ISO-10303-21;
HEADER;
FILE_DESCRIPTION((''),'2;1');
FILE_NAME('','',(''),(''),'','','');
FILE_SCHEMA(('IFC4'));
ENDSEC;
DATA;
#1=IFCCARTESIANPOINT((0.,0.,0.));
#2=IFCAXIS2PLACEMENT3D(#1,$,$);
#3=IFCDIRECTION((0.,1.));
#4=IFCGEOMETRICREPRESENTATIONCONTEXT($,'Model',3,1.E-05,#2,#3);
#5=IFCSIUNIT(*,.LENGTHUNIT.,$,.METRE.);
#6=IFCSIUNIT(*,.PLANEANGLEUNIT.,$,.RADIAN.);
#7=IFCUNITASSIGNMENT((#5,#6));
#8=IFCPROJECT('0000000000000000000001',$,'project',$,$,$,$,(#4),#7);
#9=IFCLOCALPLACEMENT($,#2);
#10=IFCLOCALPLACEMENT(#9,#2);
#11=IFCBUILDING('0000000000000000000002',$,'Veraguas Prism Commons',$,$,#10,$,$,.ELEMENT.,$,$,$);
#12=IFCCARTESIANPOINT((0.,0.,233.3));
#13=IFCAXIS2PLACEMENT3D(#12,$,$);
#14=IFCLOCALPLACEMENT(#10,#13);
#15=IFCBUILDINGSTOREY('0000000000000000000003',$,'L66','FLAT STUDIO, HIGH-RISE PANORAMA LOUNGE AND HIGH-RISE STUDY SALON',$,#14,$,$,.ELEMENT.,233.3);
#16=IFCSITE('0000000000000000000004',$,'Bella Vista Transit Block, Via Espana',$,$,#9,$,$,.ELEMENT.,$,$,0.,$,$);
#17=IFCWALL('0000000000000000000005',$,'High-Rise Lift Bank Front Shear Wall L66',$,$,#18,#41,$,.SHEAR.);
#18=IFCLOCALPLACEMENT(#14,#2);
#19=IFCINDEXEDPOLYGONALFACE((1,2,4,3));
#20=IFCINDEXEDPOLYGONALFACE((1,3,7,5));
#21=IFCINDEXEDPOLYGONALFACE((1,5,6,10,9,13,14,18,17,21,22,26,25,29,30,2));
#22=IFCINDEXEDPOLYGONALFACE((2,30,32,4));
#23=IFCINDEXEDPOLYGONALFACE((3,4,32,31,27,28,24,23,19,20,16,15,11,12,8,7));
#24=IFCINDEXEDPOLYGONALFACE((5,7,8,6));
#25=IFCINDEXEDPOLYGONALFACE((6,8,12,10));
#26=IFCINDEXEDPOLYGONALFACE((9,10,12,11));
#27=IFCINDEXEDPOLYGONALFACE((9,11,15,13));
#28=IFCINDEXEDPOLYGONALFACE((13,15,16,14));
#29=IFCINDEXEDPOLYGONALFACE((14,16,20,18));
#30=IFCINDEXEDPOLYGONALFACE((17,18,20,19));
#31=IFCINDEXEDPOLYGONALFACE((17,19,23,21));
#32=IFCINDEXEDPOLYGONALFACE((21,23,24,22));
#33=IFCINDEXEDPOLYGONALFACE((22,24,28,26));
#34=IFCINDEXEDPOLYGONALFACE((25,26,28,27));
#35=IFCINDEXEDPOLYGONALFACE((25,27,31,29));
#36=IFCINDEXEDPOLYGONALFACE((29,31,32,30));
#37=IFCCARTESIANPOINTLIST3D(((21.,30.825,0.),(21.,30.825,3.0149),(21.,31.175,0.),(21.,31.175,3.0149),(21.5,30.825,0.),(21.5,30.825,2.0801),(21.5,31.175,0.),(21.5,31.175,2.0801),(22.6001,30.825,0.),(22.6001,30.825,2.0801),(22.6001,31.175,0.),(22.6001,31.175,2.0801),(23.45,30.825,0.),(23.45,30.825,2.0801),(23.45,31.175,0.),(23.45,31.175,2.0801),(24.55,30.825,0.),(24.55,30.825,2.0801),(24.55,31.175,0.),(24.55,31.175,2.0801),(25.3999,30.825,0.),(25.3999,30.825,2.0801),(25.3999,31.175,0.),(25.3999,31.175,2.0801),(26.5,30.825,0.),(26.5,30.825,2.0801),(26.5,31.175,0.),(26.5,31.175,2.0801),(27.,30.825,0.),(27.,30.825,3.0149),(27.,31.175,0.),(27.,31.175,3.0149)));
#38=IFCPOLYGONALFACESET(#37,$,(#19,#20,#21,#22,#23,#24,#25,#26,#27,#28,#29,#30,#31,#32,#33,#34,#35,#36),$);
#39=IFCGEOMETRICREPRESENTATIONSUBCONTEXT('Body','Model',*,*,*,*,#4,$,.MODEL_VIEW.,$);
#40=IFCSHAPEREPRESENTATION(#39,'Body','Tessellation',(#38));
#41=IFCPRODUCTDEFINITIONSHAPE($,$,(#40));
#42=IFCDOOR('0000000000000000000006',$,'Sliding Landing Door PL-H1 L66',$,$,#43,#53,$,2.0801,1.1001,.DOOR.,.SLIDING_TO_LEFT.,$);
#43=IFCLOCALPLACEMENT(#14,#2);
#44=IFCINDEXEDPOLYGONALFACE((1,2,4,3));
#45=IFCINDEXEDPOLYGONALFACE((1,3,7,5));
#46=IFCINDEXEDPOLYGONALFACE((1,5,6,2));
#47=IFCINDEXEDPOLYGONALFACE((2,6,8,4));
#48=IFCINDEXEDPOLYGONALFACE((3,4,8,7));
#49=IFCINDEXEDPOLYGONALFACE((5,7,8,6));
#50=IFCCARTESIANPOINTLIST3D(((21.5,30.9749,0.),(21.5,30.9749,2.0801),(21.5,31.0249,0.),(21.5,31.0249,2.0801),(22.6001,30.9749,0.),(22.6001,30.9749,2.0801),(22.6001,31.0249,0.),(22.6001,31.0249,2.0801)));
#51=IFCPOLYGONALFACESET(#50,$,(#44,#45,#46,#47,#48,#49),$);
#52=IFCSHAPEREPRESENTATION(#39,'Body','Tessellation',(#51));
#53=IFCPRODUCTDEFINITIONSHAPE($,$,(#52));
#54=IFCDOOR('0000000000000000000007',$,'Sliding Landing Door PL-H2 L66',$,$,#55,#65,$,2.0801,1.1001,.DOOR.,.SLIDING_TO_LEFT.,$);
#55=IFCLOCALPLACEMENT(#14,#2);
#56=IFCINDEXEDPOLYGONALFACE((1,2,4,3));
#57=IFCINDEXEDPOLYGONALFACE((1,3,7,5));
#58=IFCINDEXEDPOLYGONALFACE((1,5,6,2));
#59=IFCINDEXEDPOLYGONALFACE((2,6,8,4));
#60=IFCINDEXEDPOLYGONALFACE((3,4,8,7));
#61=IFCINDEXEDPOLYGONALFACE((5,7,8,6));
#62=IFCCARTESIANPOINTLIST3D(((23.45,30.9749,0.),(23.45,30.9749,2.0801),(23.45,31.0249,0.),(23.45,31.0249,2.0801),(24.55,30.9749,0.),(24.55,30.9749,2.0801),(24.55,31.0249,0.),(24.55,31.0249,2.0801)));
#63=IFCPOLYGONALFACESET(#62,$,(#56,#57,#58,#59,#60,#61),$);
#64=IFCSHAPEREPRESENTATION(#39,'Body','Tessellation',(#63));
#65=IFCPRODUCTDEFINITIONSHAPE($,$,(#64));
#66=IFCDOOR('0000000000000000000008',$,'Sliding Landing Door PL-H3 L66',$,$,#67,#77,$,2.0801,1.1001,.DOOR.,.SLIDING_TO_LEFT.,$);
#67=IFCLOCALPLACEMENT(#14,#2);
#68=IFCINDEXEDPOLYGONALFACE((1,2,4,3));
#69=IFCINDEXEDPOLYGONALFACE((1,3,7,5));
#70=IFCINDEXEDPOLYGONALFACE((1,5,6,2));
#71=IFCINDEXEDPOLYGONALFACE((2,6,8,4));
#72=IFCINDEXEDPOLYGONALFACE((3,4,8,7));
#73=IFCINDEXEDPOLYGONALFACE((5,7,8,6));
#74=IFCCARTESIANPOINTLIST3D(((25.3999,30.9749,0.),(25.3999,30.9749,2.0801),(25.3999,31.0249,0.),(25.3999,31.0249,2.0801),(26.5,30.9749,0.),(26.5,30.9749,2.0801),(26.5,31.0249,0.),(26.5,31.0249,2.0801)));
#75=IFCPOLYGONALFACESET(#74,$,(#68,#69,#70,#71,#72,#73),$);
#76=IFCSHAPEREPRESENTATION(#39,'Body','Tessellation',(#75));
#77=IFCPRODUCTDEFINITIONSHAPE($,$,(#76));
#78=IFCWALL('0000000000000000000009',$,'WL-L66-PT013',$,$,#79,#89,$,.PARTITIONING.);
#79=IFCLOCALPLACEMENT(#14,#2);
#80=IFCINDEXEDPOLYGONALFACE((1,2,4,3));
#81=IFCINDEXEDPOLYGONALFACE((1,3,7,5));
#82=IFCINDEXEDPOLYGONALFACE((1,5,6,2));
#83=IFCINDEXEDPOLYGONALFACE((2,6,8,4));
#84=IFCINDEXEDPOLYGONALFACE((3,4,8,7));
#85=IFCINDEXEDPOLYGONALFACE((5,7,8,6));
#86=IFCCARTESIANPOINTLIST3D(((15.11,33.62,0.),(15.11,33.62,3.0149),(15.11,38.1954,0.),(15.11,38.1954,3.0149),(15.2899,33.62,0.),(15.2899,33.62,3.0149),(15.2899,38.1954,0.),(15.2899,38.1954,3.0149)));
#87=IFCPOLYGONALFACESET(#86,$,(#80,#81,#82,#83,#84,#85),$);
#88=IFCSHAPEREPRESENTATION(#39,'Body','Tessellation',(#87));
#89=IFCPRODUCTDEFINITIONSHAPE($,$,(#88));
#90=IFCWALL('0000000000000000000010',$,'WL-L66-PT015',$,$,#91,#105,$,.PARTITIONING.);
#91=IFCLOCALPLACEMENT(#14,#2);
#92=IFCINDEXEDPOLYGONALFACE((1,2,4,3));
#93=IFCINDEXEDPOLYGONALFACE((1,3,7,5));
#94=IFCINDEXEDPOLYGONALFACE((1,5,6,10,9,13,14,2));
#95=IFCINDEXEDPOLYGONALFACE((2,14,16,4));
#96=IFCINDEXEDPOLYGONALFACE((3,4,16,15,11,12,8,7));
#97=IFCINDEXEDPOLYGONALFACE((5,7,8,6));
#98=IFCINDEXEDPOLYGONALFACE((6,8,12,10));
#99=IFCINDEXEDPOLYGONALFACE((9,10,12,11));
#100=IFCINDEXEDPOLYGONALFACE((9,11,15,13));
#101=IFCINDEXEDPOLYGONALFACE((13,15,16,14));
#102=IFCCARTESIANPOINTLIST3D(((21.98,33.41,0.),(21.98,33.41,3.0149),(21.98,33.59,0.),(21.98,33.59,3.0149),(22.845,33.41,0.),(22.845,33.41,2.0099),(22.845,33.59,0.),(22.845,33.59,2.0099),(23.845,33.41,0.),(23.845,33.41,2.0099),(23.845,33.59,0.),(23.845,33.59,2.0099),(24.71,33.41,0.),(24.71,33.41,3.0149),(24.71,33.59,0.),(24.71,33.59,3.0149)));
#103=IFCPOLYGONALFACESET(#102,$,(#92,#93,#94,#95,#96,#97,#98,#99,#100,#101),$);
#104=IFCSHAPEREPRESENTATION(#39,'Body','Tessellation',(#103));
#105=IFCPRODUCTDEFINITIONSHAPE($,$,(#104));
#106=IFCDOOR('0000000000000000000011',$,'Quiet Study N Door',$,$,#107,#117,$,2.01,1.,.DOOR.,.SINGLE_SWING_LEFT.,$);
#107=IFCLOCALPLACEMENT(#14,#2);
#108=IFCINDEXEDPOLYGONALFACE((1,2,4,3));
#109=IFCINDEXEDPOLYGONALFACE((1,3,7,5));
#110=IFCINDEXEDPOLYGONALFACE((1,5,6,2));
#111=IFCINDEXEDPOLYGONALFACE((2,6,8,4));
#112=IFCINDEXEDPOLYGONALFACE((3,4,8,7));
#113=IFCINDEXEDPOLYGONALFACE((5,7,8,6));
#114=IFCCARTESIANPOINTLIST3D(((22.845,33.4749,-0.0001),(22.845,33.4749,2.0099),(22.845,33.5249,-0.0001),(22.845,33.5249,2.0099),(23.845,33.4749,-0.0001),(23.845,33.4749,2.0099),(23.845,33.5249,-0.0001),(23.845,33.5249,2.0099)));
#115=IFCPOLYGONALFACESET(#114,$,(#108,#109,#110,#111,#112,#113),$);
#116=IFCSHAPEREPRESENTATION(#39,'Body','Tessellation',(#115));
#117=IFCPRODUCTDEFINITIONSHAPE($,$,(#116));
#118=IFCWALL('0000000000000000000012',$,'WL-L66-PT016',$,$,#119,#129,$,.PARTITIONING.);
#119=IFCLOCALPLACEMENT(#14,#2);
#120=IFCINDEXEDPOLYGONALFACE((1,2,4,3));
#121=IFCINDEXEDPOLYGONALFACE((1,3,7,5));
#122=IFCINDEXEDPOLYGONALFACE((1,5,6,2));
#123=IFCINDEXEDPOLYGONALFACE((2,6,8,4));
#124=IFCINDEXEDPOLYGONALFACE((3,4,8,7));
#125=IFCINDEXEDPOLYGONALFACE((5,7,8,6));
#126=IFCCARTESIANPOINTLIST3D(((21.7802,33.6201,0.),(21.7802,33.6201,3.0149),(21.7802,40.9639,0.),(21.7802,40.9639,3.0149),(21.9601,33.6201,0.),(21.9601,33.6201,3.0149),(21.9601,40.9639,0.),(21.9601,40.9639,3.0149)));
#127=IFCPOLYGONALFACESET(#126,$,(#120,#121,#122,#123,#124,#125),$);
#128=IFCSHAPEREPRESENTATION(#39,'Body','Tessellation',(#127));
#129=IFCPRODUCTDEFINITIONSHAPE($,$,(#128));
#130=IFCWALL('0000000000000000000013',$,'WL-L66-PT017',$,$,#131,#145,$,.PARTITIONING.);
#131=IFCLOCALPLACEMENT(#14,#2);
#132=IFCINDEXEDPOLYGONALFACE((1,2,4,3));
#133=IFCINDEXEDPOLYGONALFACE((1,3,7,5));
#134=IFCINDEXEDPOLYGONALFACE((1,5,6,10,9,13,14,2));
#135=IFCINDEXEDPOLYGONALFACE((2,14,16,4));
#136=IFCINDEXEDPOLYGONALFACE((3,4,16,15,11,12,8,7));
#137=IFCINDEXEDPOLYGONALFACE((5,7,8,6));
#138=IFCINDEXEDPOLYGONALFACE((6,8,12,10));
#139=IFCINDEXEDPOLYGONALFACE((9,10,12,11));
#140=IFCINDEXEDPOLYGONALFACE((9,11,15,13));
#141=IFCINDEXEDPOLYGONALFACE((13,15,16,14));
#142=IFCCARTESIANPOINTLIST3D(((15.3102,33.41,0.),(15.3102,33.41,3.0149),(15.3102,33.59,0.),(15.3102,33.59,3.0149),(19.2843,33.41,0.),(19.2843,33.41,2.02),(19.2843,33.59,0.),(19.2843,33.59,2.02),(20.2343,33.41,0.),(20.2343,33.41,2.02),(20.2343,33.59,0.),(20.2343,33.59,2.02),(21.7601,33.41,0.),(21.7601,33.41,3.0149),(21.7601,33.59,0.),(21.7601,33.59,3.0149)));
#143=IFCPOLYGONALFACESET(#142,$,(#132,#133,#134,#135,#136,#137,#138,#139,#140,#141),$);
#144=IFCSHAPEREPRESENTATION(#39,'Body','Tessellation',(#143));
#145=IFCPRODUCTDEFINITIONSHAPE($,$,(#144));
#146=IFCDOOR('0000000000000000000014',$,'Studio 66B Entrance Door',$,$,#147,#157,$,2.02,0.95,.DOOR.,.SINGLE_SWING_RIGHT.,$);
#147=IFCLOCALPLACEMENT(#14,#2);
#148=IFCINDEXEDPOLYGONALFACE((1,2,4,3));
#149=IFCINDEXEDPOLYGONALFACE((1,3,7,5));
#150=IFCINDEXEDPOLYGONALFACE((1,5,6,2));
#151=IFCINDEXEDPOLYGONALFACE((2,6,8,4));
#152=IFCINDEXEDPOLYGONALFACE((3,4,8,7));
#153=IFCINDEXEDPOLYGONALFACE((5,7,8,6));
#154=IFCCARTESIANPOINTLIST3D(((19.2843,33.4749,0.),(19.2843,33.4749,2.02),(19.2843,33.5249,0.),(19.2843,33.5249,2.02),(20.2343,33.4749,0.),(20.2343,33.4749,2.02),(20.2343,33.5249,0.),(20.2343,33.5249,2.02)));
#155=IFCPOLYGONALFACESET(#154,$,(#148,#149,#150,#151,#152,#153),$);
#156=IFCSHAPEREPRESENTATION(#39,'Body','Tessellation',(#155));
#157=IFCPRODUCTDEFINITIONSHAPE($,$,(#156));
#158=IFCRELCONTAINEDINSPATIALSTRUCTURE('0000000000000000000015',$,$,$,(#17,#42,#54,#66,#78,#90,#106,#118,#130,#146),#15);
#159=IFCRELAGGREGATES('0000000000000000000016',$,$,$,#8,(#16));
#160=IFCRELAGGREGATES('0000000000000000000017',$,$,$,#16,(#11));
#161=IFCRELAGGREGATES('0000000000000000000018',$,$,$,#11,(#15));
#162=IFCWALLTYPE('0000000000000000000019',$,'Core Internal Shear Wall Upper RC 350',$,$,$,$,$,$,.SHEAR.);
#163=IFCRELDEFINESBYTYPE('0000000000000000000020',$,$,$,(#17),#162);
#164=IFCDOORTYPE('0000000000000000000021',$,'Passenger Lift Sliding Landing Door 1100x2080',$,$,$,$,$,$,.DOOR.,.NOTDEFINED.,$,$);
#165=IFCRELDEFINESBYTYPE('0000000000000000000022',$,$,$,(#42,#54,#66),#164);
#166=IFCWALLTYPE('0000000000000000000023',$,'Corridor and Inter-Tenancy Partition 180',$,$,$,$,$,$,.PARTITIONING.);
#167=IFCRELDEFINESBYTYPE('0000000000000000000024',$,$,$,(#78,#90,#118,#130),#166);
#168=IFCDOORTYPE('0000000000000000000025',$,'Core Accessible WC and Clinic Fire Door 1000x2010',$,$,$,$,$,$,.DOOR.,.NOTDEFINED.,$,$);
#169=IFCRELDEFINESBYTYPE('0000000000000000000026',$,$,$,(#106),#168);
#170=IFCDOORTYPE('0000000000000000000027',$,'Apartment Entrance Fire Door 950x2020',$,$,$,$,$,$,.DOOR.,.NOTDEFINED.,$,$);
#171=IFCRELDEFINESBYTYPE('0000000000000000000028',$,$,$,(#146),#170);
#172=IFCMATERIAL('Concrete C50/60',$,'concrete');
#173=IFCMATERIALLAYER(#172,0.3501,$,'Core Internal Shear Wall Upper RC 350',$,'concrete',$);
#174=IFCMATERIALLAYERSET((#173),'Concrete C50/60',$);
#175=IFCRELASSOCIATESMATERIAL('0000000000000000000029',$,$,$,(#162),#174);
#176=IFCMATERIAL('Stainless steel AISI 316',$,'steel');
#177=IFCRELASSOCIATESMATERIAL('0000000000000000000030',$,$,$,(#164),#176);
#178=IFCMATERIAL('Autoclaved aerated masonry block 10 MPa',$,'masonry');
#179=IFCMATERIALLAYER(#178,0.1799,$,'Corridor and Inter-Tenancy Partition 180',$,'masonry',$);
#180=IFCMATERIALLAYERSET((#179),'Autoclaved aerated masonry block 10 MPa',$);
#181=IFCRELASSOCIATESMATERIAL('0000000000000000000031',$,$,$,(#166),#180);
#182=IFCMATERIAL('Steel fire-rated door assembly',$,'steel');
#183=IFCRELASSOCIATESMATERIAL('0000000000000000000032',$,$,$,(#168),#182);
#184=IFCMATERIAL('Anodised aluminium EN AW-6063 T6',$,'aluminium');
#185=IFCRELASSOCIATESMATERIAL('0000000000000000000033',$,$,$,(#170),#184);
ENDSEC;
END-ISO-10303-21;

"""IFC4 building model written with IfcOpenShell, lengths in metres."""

from ifc_helpers import new_model, si_unit, direction, frame, frame_2d, origin, place, context, subcontext, project, spatial, rectangle, extrude, source, transform, mapped, material, layer, layer_set, type_object, element, fill, save


model = new_model("IFC4")

# Units and contexts
model_context = context("Model", 3, precision=1e-05, world=origin(), true_north=direction((0.0, 1.0)))
body_context = subcontext(model_context, "Body", "Model", "MODEL_VIEW")
ifc_project = project(units=[si_unit("LENGTHUNIT", "METRE"), si_unit("PLANEANGLEUNIT", "RADIAN")], contexts=[model_context])

# Site, building, storey
site_placement = place(None, origin())
site = spatial("IfcSite", under=ifc_project, at=site_placement, Name="Bella Vista Transit Block, Via Espana", CompositionType="ELEMENT", RefElevation=0.0)
building_placement = place(site_placement, origin())
building = spatial("IfcBuilding", under=site, at=building_placement, Name="Veraguas Prism Commons", CompositionType="ELEMENT")
storey_placement = place(building_placement, frame((0.0, 0.0, 233.3)))
storey = spatial("IfcBuildingStorey", under=building, at=storey_placement, Name="L66", Description="FLAT STUDIO, HIGH-RISE PANORAMA LOUNGE AND HIGH-RISE STUDY SALON", CompositionType="ELEMENT", Elevation=233.3)

# Shared definitions
ifc_material_1 = material(Name="Concrete C50/60", Category="concrete")

# Shared definitions
ifc_material_2 = material(Name="Anodised aluminium EN AW-6063 T6", Category="aluminium")

# Wall, openings, doors
ifc_layer_1 = layer(ifc_material_1, 0.3501, Name="Core Internal Shear Wall Upper RC 350", Category="concrete")
ifc_layer_set_1 = layer_set([ifc_layer_1], Name="Concrete C50/60")
wall_type_1 = type_object("IfcWallType", Name="Core Internal Shear Wall Upper RC 350", PredefinedType="SHEAR", material=ifc_layer_set_1)
wall_1_placement = place(storey_placement, frame((21.0, 31.0, 0.0), z_axis=(0.0, 0.0, 1.0), x_axis=(1.0, 0.0, 0.0)))
wall_1 = element("IfcWall", 1, at=wall_1_placement, inside=storey, type_object=wall_type_1, Name="High-Rise Lift Bank Front Shear Wall L66", PredefinedType="SHEAR", context=body_context, shape_type="SweptSolid", body=[
    extrude(rectangle(XDim=6.0, YDim=0.3501, at=frame_2d((3.0, 0.0))), origin(), (0.0, 0.0, 1.0), 3.0149),
])
opening_1_placement = place(wall_1_placement, frame((0.5, 0.0, 0.0)))
opening_1 = element("IfcOpeningElement", 2, at=opening_1_placement, cuts=wall_1, PredefinedType="OPENING", context=body_context, shape_type="SweptSolid", body=[
    extrude(rectangle(XDim=1.1001, YDim=2.0801, at=frame_2d((0.55, 1.04))), frame((0.0, 0.1851, 0.0), z_axis=(0.0, -1.0, 0.0), x_axis=(1.0, 0.0, 0.0)), (0.0, 0.0, 1.0), 0.3701),
])
opening_2_placement = place(wall_1_placement, frame((2.45, 0.0, 0.0)))
opening_2 = element("IfcOpeningElement", 3, at=opening_2_placement, cuts=wall_1, PredefinedType="OPENING", context=body_context, shape_type="SweptSolid", body=[
    extrude(rectangle(XDim=1.1001, YDim=2.0801, at=frame_2d((0.55, 1.04))), frame((0.0, 0.1851, 0.0), z_axis=(0.0, -1.0, 0.0), x_axis=(1.0, 0.0, 0.0)), (0.0, 0.0, 1.0), 0.3701),
])
opening_3_placement = place(wall_1_placement, frame((4.3999, 0.0, 0.0)))
opening_3 = element("IfcOpeningElement", 4, at=opening_3_placement, cuts=wall_1, PredefinedType="OPENING", context=body_context, shape_type="SweptSolid", body=[
    extrude(rectangle(XDim=1.1001, YDim=2.0801, at=frame_2d((0.55, 1.04))), frame((0.0, 0.1851, 0.0), z_axis=(0.0, -1.0, 0.0), x_axis=(1.0, 0.0, 0.0)), (0.0, 0.0, 1.0), 0.3701),
])
ifc_material_3 = material(Name="Stainless steel AISI 316", Category="steel")
door_type_1 = type_object("IfcDoorType", Name="Passenger Lift Sliding Landing Door 1100x2080", OperationType="NOTDEFINED", PredefinedType="DOOR", material=ifc_material_3)
shared_shape_1 = source(origin(), body_context, "Body", "SweptSolid", [
    extrude(rectangle(XDim=1.1001, YDim=2.0801, at=frame_2d((0.55, 1.04))), frame((0.0, 0.0249, 0.0), z_axis=(0.0, -1.0, 0.0), x_axis=(1.0, 0.0, 0.0)), (0.0, 0.0, 1.0), 0.05),
])
door_1_placement = place(opening_1_placement, origin())
door_1 = element("IfcDoor", 5, at=door_1_placement, inside=storey, type_object=door_type_1, Name="Sliding Landing Door PL-H1 L66", OperationType="SLIDING_TO_LEFT", OverallHeight=2.0801, OverallWidth=1.1001, PredefinedType="DOOR", context=body_context, shape_type="MappedRepresentation", body=[
    mapped(shared_shape_1, transform((0.0, 0.0, 0.0), scale=1.0)),
])
fill(opening_1, door_1)
door_2_placement = place(opening_2_placement, origin())
door_2 = element("IfcDoor", 6, at=door_2_placement, inside=storey, type_object=door_type_1, Name="Sliding Landing Door PL-H2 L66", OperationType="SLIDING_TO_LEFT", OverallHeight=2.0801, OverallWidth=1.1001, PredefinedType="DOOR", context=body_context, shape_type="MappedRepresentation", body=[
    mapped(shared_shape_1, transform((0.0, 0.0, 0.0), scale=1.0)),
])
fill(opening_2, door_2)
door_3_placement = place(opening_3_placement, origin())
door_3 = element("IfcDoor", 7, at=door_3_placement, inside=storey, type_object=door_type_1, Name="Sliding Landing Door PL-H3 L66", OperationType="SLIDING_TO_LEFT", OverallHeight=2.0801, OverallWidth=1.1001, PredefinedType="DOOR", context=body_context, shape_type="MappedRepresentation", body=[
    mapped(shared_shape_1, transform((0.0, 0.0, 0.0), scale=1.0)),
])
fill(opening_3, door_3)

# Wall
ifc_material_4 = material(Name="Autoclaved aerated masonry block 10 MPa", Category="masonry")
ifc_layer_2 = layer(ifc_material_4, 0.1799, Name="Corridor and Inter-Tenancy Partition 180", Category="masonry")
ifc_layer_set_2 = layer_set([ifc_layer_2], Name="Autoclaved aerated masonry block 10 MPa")
wall_type_2 = type_object("IfcWallType", Name="Corridor and Inter-Tenancy Partition 180", PredefinedType="PARTITIONING", material=ifc_layer_set_2)
wall_2_placement = place(storey_placement, frame((15.2, 33.6201, 0.0), z_axis=(0.0, 0.0, 1.0), x_axis=(0.0, 1.0, 0.0)))
element("IfcWall", 8, at=wall_2_placement, inside=storey, type_object=wall_type_2, Name="WL-L66-PT013", PredefinedType="PARTITIONING", context=body_context, shape_type="SweptSolid", body=[
    extrude(rectangle(XDim=4.5754, YDim=0.1799, at=frame_2d((2.2876, 0.0))), origin(), (0.0, 0.0, 1.0), 3.0149),
])

# Wall, opening, door
wall_3_placement = place(storey_placement, frame((21.98, 33.5, 0.0), z_axis=(0.0, 0.0, 1.0), x_axis=(1.0, 0.0, 0.0)))
wall_3 = element("IfcWall", 9, at=wall_3_placement, inside=storey, type_object=wall_type_2, Name="WL-L66-PT015", PredefinedType="PARTITIONING", context=body_context, shape_type="SweptSolid", body=[
    extrude(rectangle(XDim=2.73, YDim=0.1799, at=frame_2d((1.365, 0.0))), origin(), (0.0, 0.0, 1.0), 3.0149),
])
opening_4_placement = place(wall_3_placement, frame((0.865, 0.0, 0.0)))
opening_4 = element("IfcOpeningElement", 10, at=opening_4_placement, cuts=wall_3, PredefinedType="OPENING", context=body_context, shape_type="SweptSolid", body=[
    extrude(rectangle(XDim=1.0, YDim=2.01, at=frame_2d((0.5, 1.0049))), frame((0.0, 0.0999, 0.0), z_axis=(0.0, -1.0, 0.0), x_axis=(1.0, 0.0, 0.0)), (0.0, 0.0, 1.0), 0.2),
])
ifc_material_5 = material(Name="Steel fire-rated door assembly", Category="steel")
door_type_2 = type_object("IfcDoorType", Name="Core Accessible WC and Clinic Fire Door 1000x2010", OperationType="NOTDEFINED", PredefinedType="DOOR", material=ifc_material_5)
shared_shape_2 = source(origin(), body_context, "Body", "SweptSolid", [
    extrude(rectangle(XDim=1.0, YDim=2.01, at=frame_2d((0.5, 1.0049))), frame((0.0, 0.0249, 0.0), z_axis=(0.0, -1.0, 0.0), x_axis=(1.0, 0.0, 0.0)), (0.0, 0.0, 1.0), 0.05),
])
door_4_placement = place(opening_4_placement, origin())
door_4 = element("IfcDoor", 11, at=door_4_placement, inside=storey, type_object=door_type_2, Name="Quiet Study N Door", OperationType="SINGLE_SWING_LEFT", OverallHeight=2.01, OverallWidth=1.0, PredefinedType="DOOR", context=body_context, shape_type="MappedRepresentation", body=[
    mapped(shared_shape_2, transform((0.0, 0.0, 0.0), scale=1.0)),
])
fill(opening_4, door_4)

# Wall
wall_4_placement = place(storey_placement, frame((21.8701, 33.6201, 0.0), z_axis=(0.0, 0.0, 1.0), x_axis=(0.0, 1.0, 0.0)))
element("IfcWall", 12, at=wall_4_placement, inside=storey, type_object=wall_type_2, Name="WL-L66-PT016", PredefinedType="PARTITIONING", context=body_context, shape_type="SweptSolid", body=[
    extrude(rectangle(XDim=7.3438, YDim=0.1799, at=frame_2d((3.6719, 0.0))), origin(), (0.0, 0.0, 1.0), 3.0149),
])

# Wall, opening, door
wall_5_placement = place(storey_placement, frame((15.3101, 33.5, 0.0), z_axis=(0.0, 0.0, 1.0), x_axis=(1.0, 0.0, 0.0)))
wall_5 = element("IfcWall", 13, at=wall_5_placement, inside=storey, type_object=wall_type_2, Name="WL-L66-PT017", PredefinedType="PARTITIONING", context=body_context, shape_type="SweptSolid", body=[
    extrude(rectangle(XDim=6.45, YDim=0.1799, at=frame_2d((3.2251, 0.0))), origin(), (0.0, 0.0, 1.0), 3.0149),
])
opening_5_placement = place(wall_5_placement, frame((3.9741, 0.0, 0.0)))
opening_5 = element("IfcOpeningElement", 14, at=opening_5_placement, cuts=wall_5, PredefinedType="OPENING", context=body_context, shape_type="SweptSolid", body=[
    extrude(rectangle(XDim=0.95, YDim=2.02, at=frame_2d((0.4751, 1.01))), frame((0.0, 0.0999, 0.0), z_axis=(0.0, -1.0, 0.0), x_axis=(1.0, 0.0, 0.0)), (0.0, 0.0, 1.0), 0.2),
])
door_type_3 = type_object("IfcDoorType", Name="Apartment Entrance Fire Door 950x2020", OperationType="NOTDEFINED", PredefinedType="DOOR", material=ifc_material_2)
shared_shape_3 = source(origin(), body_context, "Body", "SweptSolid", [
    extrude(rectangle(XDim=0.95, YDim=2.02, at=frame_2d((0.4751, 1.01))), frame((0.0, 0.0249, 0.0), z_axis=(0.0, -1.0, 0.0), x_axis=(1.0, 0.0, 0.0)), (0.0, 0.0, 1.0), 0.05),
])
door_5_placement = place(opening_5_placement, origin())
door_5 = element("IfcDoor", 15, at=door_5_placement, inside=storey, type_object=door_type_3, Name="Studio 66B Entrance Door", OperationType="SINGLE_SWING_RIGHT", OverallHeight=2.02, OverallWidth=0.95, PredefinedType="DOOR", context=body_context, shape_type="MappedRepresentation", body=[
    mapped(shared_shape_3, transform((0.0, 0.0, 0.0), scale=1.0)),
])
fill(opening_5, door_5)

save(model, "model.ifc")
